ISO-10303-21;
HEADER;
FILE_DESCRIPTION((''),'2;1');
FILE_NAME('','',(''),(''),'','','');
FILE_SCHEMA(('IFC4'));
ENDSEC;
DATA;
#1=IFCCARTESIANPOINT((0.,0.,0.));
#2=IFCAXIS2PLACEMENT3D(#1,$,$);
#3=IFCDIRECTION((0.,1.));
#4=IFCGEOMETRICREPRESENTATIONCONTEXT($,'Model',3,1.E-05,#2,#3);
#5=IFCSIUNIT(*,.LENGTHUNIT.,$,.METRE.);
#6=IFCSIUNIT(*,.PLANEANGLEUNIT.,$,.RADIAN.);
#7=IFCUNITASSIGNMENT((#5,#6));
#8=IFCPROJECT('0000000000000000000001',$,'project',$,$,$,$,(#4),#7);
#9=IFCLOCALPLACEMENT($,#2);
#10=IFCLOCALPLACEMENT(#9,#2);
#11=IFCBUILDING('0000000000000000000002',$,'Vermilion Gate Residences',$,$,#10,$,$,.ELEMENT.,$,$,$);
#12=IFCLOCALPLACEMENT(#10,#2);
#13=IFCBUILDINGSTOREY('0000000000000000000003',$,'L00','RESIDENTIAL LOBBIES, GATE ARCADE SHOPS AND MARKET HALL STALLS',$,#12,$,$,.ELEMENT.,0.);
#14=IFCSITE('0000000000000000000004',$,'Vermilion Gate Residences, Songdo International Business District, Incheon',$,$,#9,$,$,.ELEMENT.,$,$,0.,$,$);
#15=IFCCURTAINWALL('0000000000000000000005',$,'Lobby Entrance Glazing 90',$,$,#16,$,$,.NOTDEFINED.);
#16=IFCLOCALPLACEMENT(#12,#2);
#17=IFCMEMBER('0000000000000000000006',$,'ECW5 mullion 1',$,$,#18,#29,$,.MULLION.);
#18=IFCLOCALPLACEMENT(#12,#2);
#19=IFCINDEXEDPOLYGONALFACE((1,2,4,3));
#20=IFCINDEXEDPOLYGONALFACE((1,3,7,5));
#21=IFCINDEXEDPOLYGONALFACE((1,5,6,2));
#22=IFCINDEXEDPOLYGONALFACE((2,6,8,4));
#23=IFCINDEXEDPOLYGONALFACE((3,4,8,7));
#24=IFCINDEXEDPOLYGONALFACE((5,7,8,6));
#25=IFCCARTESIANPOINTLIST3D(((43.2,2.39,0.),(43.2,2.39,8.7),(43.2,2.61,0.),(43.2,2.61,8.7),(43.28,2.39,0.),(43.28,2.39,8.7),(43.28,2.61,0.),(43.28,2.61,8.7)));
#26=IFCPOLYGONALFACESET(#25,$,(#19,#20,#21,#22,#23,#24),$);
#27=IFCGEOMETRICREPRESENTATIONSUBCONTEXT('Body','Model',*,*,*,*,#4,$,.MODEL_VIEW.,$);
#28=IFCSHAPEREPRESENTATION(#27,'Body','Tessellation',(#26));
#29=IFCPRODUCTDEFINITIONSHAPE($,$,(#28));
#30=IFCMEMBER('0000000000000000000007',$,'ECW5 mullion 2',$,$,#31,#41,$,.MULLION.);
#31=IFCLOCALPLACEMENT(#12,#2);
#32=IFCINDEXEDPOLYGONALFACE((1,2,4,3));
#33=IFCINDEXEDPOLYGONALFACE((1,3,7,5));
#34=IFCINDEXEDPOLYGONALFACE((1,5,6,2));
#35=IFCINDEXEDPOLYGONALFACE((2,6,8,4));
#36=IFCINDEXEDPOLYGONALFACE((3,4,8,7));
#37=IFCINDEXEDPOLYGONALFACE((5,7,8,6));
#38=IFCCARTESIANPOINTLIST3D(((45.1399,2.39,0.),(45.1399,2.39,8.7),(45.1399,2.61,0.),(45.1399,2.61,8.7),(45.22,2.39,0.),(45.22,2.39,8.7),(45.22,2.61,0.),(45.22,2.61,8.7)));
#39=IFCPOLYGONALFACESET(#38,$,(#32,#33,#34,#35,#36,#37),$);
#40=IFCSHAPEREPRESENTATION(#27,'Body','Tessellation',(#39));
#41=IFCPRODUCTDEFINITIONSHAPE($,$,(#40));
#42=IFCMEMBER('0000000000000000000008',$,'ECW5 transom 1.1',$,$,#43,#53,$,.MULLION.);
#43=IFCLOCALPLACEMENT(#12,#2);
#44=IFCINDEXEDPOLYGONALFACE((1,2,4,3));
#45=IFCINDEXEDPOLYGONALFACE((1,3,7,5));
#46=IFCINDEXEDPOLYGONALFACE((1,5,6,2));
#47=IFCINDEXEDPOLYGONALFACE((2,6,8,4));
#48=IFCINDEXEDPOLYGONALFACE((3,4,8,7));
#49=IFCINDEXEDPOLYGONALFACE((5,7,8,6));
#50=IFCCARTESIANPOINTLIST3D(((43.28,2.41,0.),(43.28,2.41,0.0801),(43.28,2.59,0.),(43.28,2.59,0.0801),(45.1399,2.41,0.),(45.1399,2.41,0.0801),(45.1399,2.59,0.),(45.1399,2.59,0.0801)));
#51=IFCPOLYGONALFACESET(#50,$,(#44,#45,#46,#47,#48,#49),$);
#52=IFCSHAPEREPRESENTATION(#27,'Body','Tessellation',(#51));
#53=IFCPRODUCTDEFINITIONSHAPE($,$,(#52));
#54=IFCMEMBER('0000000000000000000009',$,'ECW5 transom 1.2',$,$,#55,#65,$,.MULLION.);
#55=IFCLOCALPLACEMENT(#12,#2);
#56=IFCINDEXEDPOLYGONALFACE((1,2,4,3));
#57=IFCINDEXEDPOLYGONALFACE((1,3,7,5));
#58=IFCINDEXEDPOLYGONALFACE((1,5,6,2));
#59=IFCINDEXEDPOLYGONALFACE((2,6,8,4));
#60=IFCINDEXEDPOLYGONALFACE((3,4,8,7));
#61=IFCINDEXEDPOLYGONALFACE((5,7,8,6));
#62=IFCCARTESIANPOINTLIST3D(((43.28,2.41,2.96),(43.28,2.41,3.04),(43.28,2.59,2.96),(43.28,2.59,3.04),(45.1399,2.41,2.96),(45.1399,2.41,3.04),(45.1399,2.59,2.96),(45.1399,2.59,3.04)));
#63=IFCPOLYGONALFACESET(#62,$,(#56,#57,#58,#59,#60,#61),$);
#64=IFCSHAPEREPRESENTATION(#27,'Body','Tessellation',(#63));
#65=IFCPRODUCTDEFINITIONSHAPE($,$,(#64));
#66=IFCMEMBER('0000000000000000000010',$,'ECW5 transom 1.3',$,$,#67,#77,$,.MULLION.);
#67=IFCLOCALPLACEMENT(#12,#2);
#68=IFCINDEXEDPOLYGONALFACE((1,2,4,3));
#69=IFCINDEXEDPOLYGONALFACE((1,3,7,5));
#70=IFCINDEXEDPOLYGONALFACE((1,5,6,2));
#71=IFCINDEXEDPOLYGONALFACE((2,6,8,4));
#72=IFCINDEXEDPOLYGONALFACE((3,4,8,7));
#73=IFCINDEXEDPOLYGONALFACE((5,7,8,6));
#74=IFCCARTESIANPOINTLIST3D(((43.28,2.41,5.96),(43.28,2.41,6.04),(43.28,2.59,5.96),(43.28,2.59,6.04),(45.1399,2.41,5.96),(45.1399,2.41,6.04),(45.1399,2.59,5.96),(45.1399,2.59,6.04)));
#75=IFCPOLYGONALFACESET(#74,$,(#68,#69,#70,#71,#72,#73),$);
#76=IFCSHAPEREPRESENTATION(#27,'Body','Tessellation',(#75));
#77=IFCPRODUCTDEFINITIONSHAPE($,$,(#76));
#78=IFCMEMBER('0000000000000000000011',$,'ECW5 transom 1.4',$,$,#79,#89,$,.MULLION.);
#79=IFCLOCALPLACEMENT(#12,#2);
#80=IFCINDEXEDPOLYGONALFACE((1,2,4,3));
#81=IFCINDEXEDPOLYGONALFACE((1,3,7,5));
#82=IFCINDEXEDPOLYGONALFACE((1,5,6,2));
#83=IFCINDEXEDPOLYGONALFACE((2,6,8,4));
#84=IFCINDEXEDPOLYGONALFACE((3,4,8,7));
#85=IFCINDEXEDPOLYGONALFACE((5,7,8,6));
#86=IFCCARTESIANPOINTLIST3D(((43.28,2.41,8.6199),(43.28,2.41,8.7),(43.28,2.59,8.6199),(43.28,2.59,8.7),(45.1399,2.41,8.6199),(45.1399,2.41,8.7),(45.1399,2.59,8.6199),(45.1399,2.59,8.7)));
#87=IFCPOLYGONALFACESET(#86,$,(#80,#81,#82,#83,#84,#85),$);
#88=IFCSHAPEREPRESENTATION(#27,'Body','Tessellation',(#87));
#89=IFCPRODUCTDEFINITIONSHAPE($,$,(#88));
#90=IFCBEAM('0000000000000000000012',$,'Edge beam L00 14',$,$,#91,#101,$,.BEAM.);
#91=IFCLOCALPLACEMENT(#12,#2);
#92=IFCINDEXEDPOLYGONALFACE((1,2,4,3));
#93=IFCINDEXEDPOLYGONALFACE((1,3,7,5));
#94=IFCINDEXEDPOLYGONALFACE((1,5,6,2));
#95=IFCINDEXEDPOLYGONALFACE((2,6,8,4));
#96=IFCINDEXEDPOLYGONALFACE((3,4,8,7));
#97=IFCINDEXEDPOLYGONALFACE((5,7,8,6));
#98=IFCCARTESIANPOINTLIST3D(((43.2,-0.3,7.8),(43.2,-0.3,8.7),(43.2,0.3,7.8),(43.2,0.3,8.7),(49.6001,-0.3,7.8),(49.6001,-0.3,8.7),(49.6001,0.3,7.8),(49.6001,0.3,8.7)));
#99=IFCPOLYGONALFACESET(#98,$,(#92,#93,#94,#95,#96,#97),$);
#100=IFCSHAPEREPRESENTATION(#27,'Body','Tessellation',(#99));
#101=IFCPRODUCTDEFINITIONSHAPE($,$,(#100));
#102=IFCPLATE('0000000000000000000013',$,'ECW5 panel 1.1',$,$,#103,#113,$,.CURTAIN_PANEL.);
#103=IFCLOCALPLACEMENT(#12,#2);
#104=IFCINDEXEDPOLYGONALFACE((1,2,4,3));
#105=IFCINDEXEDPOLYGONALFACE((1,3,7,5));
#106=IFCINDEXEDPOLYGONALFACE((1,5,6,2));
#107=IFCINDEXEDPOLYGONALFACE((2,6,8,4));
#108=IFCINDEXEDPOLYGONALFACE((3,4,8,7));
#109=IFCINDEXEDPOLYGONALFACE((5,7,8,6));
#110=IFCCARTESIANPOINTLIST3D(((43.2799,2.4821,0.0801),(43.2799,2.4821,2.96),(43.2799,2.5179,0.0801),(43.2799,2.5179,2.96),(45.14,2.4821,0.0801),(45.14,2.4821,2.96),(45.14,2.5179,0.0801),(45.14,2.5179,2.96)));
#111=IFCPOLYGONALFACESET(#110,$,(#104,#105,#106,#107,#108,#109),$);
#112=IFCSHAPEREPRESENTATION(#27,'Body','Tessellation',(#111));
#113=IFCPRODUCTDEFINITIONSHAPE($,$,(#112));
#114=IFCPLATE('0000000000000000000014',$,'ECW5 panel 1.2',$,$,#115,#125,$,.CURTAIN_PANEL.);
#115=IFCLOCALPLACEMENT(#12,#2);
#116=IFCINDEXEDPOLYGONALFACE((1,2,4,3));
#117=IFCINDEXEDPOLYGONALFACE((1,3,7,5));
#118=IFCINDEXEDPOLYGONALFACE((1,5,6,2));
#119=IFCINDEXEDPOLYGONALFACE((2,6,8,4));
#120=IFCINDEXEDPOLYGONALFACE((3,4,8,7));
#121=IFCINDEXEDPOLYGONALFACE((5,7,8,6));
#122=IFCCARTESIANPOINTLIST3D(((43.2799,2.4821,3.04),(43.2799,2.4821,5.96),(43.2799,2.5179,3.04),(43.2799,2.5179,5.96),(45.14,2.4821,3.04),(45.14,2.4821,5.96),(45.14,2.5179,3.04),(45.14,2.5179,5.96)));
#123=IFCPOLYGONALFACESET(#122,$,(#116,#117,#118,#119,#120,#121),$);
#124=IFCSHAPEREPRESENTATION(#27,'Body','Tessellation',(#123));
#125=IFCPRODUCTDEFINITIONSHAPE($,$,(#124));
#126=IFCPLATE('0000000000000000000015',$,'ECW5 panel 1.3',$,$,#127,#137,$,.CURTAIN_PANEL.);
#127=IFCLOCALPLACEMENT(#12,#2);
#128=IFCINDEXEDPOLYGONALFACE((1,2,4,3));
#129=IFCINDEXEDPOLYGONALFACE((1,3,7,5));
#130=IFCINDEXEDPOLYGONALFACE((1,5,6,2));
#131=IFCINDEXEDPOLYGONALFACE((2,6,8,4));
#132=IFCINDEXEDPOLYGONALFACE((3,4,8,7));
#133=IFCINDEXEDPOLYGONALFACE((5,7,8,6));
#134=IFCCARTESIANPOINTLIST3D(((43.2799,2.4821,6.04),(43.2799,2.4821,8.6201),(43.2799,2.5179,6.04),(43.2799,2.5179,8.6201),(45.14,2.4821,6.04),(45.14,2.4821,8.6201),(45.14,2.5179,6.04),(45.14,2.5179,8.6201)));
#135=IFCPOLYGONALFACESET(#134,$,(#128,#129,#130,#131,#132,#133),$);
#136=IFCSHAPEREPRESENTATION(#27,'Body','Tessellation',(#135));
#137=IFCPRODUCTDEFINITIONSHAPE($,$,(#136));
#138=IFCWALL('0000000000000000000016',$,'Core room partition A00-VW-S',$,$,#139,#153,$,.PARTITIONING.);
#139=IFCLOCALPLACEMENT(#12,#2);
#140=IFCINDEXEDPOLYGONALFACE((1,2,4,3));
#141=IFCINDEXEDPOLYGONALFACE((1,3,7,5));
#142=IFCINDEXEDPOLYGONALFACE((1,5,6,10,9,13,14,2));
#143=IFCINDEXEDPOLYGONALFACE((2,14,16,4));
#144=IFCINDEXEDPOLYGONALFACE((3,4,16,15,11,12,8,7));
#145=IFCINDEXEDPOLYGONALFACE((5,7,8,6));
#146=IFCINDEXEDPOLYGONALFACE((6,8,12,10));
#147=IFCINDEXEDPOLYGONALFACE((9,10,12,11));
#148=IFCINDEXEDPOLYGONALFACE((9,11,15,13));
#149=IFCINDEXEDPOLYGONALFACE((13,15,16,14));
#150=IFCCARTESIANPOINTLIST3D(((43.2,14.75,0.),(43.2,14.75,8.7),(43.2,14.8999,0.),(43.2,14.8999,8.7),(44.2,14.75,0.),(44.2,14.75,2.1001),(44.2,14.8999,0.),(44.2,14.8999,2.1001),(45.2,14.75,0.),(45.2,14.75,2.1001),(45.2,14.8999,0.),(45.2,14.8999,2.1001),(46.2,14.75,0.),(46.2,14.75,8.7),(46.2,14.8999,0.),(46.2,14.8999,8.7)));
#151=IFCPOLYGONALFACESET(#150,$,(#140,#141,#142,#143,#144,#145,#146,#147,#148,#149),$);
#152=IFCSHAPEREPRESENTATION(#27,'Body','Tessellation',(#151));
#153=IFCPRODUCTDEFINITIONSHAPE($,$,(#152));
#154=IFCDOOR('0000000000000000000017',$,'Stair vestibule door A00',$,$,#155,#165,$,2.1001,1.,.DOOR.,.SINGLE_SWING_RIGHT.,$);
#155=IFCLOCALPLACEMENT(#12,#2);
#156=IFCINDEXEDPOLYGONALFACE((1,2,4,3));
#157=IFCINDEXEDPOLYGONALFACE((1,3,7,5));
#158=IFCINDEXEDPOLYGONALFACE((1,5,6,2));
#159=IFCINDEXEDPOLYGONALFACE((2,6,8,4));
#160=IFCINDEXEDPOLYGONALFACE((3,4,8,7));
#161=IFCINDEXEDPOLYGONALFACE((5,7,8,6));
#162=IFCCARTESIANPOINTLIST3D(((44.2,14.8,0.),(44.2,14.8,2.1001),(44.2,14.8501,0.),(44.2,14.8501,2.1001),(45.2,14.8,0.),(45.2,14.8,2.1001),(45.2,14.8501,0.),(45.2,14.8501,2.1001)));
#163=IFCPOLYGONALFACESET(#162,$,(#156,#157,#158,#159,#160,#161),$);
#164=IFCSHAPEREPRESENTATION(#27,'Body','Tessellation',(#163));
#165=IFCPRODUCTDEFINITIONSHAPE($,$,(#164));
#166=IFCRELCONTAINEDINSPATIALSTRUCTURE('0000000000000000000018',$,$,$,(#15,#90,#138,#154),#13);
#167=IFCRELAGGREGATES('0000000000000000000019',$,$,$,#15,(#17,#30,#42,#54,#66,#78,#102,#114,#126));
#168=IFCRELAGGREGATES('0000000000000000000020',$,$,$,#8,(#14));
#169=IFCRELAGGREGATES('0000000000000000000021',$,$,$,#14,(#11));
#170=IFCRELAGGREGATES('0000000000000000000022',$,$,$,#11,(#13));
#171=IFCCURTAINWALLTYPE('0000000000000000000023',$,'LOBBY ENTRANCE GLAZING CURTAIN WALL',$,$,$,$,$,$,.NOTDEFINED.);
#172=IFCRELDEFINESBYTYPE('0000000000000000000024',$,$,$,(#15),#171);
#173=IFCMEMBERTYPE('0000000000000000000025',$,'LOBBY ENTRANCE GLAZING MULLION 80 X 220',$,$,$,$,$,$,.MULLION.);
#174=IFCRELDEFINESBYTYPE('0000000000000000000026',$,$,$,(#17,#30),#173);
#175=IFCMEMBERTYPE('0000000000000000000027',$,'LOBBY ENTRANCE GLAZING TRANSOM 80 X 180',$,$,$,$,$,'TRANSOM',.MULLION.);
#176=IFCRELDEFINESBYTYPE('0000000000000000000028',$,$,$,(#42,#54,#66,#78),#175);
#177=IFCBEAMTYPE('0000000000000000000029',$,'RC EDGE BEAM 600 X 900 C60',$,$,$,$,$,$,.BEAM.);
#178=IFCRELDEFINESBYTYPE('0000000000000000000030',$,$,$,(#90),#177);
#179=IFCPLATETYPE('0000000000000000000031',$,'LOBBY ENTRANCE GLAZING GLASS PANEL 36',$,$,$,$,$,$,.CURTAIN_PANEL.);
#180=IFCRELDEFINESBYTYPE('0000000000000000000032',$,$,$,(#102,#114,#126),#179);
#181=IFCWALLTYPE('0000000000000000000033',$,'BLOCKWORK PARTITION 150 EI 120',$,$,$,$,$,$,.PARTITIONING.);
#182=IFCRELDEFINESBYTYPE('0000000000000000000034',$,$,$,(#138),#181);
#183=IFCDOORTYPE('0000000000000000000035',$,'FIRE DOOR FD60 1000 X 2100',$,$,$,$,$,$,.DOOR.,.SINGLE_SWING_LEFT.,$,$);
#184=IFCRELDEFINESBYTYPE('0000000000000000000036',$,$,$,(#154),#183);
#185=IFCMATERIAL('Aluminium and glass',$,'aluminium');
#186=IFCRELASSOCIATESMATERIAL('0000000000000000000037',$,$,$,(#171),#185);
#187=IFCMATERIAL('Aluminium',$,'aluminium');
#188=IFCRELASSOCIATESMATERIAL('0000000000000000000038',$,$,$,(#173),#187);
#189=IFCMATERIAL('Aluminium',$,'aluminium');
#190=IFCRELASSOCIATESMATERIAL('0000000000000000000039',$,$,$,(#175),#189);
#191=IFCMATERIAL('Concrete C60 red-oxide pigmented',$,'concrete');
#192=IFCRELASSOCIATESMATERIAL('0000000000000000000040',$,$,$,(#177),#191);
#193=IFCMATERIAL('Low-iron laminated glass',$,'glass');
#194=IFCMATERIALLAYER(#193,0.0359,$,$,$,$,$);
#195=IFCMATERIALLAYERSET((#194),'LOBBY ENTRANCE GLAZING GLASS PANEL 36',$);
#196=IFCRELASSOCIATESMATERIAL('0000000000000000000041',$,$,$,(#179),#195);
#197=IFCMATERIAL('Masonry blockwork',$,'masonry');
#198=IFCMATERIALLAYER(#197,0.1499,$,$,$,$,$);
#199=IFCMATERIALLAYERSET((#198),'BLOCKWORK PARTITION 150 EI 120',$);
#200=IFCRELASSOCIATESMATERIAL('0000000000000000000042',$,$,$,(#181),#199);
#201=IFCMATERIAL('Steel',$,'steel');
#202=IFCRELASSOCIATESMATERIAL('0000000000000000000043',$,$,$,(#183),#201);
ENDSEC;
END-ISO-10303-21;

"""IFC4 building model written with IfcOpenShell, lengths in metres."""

from ifc_helpers import new_model, si_unit, direction, frame, frame_2d, origin, origin_2d, place, context, subcontext, project, spatial, rectangle, extrude, material, layer, layer_set, material_profile, profile_set, type_object, element, fill, aggregate, save


model = new_model("IFC4")

# Units and contexts
model_context = context("Model", 3, precision=1e-05, world=origin(), true_north=direction((0.0, 1.0)))
body_context = subcontext(model_context, "Body", "Model", "MODEL_VIEW")
ifc_project = project(units=[si_unit("LENGTHUNIT", "METRE"), si_unit("PLANEANGLEUNIT", "RADIAN")], contexts=[model_context])

# Site, building, storey
site_placement = place(None, origin())
site = spatial("IfcSite", under=ifc_project, at=site_placement, Name="Vermilion Gate Residences, Songdo International Business District, Incheon", CompositionType="ELEMENT", RefElevation=0.0)
building_placement = place(site_placement, origin())
building = spatial("IfcBuilding", under=site, at=building_placement, Name="Vermilion Gate Residences", CompositionType="ELEMENT")
storey_placement = place(building_placement, origin())
storey = spatial("IfcBuildingStorey", under=building, at=storey_placement, Name="L00", Description="RESIDENTIAL LOBBIES, GATE ARCADE SHOPS AND MARKET HALL STALLS", CompositionType="ELEMENT", Elevation=0.0)

# Curtain wall, members
ifc_material_1 = material(Name="Aluminium and glass", Category="aluminium")
curtain_wall_type = type_object("IfcCurtainWallType", Name="LOBBY ENTRANCE GLAZING CURTAIN WALL", PredefinedType="NOTDEFINED", material=ifc_material_1)
curtain_wall_placement = place(storey_placement, origin())
curtain_wall = element("IfcCurtainWall", 1, at=curtain_wall_placement, inside=storey, type_object=curtain_wall_type, Name="Lobby Entrance Glazing 90", PredefinedType="NOTDEFINED")
ifc_material_2 = material(Name="Aluminium", Category="aluminium")
ifc_material_profile_1 = material_profile(ifc_material_2, rectangle(XDim=0.22, YDim=0.0801, at=origin_2d()), Name="MULLION 80 X 220")
ifc_profile_set_1 = profile_set([ifc_material_profile_1], Name="Aluminium")
member_type_1 = type_object("IfcMemberType", Name="LOBBY ENTRANCE GLAZING MULLION 80 X 220", PredefinedType="MULLION", material=ifc_profile_set_1)
member_1_placement = place(storey_placement, frame((43.24, 2.5, 0.0), z_axis=(0.0, 0.0, 1.0), x_axis=(0.0, 1.0, 0.0)))
member_1 = element("IfcMember", 2, at=member_1_placement, type_object=member_type_1, Name="ECW5 mullion 1", PredefinedType="MULLION", context=body_context, shape_type="SweptSolid", body=[
    extrude(rectangle(XDim=0.22, YDim=0.0801, at=origin_2d()), origin(), (0.0, 0.0, 1.0), 8.7),
])
member_2_placement = place(storey_placement, frame((45.1799, 2.5, 0.0), z_axis=(0.0, 0.0, 1.0), x_axis=(0.0, 1.0, 0.0)))
member_2 = element("IfcMember", 3, at=member_2_placement, type_object=member_type_1, Name="ECW5 mullion 2", PredefinedType="MULLION", context=body_context, shape_type="SweptSolid", body=[
    extrude(rectangle(XDim=0.22, YDim=0.0801, at=origin_2d()), origin(), (0.0, 0.0, 1.0), 8.7),
])
ifc_material_3 = material(Name="Aluminium", Category="aluminium")
ifc_material_profile_2 = material_profile(ifc_material_3, rectangle(XDim=0.1799, YDim=0.0801, at=origin_2d()), Name="TRANSOM 80 X 180")
ifc_profile_set_2 = profile_set([ifc_material_profile_2], Name="Aluminium")
member_type_2 = type_object("IfcMemberType", Name="LOBBY ENTRANCE GLAZING TRANSOM 80 X 180", ElementType="TRANSOM", PredefinedType="MULLION", material=ifc_profile_set_2)
member_3_placement = place(storey_placement, frame((43.28, 2.5, 0.04), z_axis=(1.0, 0.0, 0.0), x_axis=(0.0, 1.0, 0.0)))
member_3 = element("IfcMember", 4, at=member_3_placement, type_object=member_type_2, Name="ECW5 transom 1.1", PredefinedType="MULLION", context=body_context, shape_type="SweptSolid", body=[
    extrude(rectangle(XDim=0.1799, YDim=0.0801, at=origin_2d()), origin(), (0.0, 0.0, 1.0), 1.8599),
])
member_4_placement = place(storey_placement, frame((43.28, 2.5, 3.0), z_axis=(1.0, 0.0, 0.0), x_axis=(0.0, 1.0, 0.0)))
member_4 = element("IfcMember", 5, at=member_4_placement, type_object=member_type_2, Name="ECW5 transom 1.2", PredefinedType="MULLION", context=body_context, shape_type="SweptSolid", body=[
    extrude(rectangle(XDim=0.1799, YDim=0.0801, at=origin_2d()), origin(), (0.0, 0.0, 1.0), 1.8599),
])
member_5_placement = place(storey_placement, frame((43.28, 2.5, 6.0), z_axis=(1.0, 0.0, 0.0), x_axis=(0.0, 1.0, 0.0)))
member_5 = element("IfcMember", 6, at=member_5_placement, type_object=member_type_2, Name="ECW5 transom 1.3", PredefinedType="MULLION", context=body_context, shape_type="SweptSolid", body=[
    extrude(rectangle(XDim=0.1799, YDim=0.0801, at=origin_2d()), origin(), (0.0, 0.0, 1.0), 1.8599),
])
member_6_placement = place(storey_placement, frame((43.28, 2.5, 8.6599), z_axis=(1.0, 0.0, 0.0), x_axis=(0.0, 1.0, 0.0)))
member_6 = element("IfcMember", 7, at=member_6_placement, type_object=member_type_2, Name="ECW5 transom 1.4", PredefinedType="MULLION", context=body_context, shape_type="SweptSolid", body=[
    extrude(rectangle(XDim=0.1799, YDim=0.0801, at=origin_2d()), origin(), (0.0, 0.0, 1.0), 1.8599),
])

# Beam
ifc_material_4 = material(Name="Concrete C60 red-oxide pigmented", Category="concrete")
ifc_material_profile_3 = material_profile(ifc_material_4, rectangle(XDim=0.6001, YDim=0.8999, at=origin_2d()), Name="RC-600x900")
ifc_profile_set_3 = profile_set([ifc_material_profile_3], Name="Concrete C60 red-oxide pigmented")
beam_type = type_object("IfcBeamType", Name="RC EDGE BEAM 600 X 900 C60", PredefinedType="BEAM", material=ifc_profile_set_3)
beam_placement = place(storey_placement, frame((43.2, 0.0, 8.25), z_axis=(1.0, 0.0, 0.0), x_axis=(0.0, 1.0, 0.0)))
element("IfcBeam", 8, at=beam_placement, inside=storey, type_object=beam_type, Name="Edge beam L00 14", PredefinedType="BEAM", context=body_context, shape_type="SweptSolid", body=[
    extrude(rectangle(XDim=0.6001, YDim=0.8999, at=origin_2d()), origin(), (0.0, 0.0, 1.0), 6.4001),
])

# Plates
ifc_material_5 = material(Name="Low-iron laminated glass", Category="glass")
ifc_layer_1 = layer(ifc_material_5, 0.0359)
ifc_layer_set_1 = layer_set([ifc_layer_1], Name="LOBBY ENTRANCE GLAZING GLASS PANEL 36")
plate_type = type_object("IfcPlateType", Name="LOBBY ENTRANCE GLAZING GLASS PANEL 36", PredefinedType="CURTAIN_PANEL", material=ifc_layer_set_1)
plate_1_placement = place(storey_placement, frame((44.21, 2.5, 0.0801), z_axis=(0.0, 0.0, 1.0), x_axis=(1.0, 0.0, 0.0)))
plate_1 = element("IfcPlate", 9, at=plate_1_placement, type_object=plate_type, Name="ECW5 panel 1.1", PredefinedType="CURTAIN_PANEL", context=body_context, shape_type="SweptSolid", body=[
    extrude(rectangle(XDim=1.8601, YDim=0.0359, at=origin_2d()), origin(), (0.0, 0.0, 1.0), 2.8799),
])
plate_2_placement = place(storey_placement, frame((44.21, 2.5, 3.04), z_axis=(0.0, 0.0, 1.0), x_axis=(1.0, 0.0, 0.0)))
plate_2 = element("IfcPlate", 10, at=plate_2_placement, type_object=plate_type, Name="ECW5 panel 1.2", PredefinedType="CURTAIN_PANEL", context=body_context, shape_type="SweptSolid", body=[
    extrude(rectangle(XDim=1.8601, YDim=0.0359, at=origin_2d()), origin(), (0.0, 0.0, 1.0), 2.9199),
])
plate_3_placement = place(storey_placement, frame((44.21, 2.5, 6.04), z_axis=(0.0, 0.0, 1.0), x_axis=(1.0, 0.0, 0.0)))
plate_3 = element("IfcPlate", 11, at=plate_3_placement, type_object=plate_type, Name="ECW5 panel 1.3", PredefinedType="CURTAIN_PANEL", context=body_context, shape_type="SweptSolid", body=[
    extrude(rectangle(XDim=1.8601, YDim=0.0359, at=origin_2d()), origin(), (0.0, 0.0, 1.0), 2.5801),
])
aggregate(curtain_wall, [member_1, member_2, member_3, member_4, member_5, member_6, plate_1, plate_2, plate_3])

# Wall, opening, door
ifc_material_6 = material(Name="Masonry blockwork", Category="masonry")
ifc_layer_2 = layer(ifc_material_6, 0.1499)
ifc_layer_set_2 = layer_set([ifc_layer_2], Name="BLOCKWORK PARTITION 150 EI 120")
wall_type = type_object("IfcWallType", Name="BLOCKWORK PARTITION 150 EI 120", PredefinedType="PARTITIONING", material=ifc_layer_set_2)
wall_placement = place(storey_placement, frame((43.2, 14.825, 0.0), z_axis=(0.0, 0.0, 1.0), x_axis=(1.0, 0.0, 0.0)))
wall = element("IfcWall", 12, at=wall_placement, inside=storey, type_object=wall_type, Name="Core room partition A00-VW-S", PredefinedType="PARTITIONING", context=body_context, shape_type="SweptSolid", body=[
    extrude(rectangle(XDim=3.0, YDim=0.1499, at=frame_2d((1.5, 0.0))), origin(), (0.0, 0.0, 1.0), 8.7),
])
opening_placement = place(wall_placement, frame((1.0, 0.0, 0.0)))
opening = element("IfcOpeningElement", 13, at=opening_placement, cuts=wall, PredefinedType="OPENING", context=body_context, shape_type="SweptSolid", body=[
    extrude(rectangle(XDim=1.0, YDim=2.1001, at=frame_2d((0.5, 1.05))), frame((0.0, 0.085, 0.0), z_axis=(0.0, -1.0, 0.0), x_axis=(1.0, 0.0, 0.0)), (0.0, 0.0, 1.0), 0.1699),
])
ifc_material_7 = material(Name="Steel", Category="steel")
door_type = type_object("IfcDoorType", Name="FIRE DOOR FD60 1000 X 2100", OperationType="SINGLE_SWING_LEFT", PredefinedType="DOOR", material=ifc_material_7)
door_placement = place(opening_placement, frame((1.0, 0.0, 0.0), z_axis=(0.0, 0.0, 1.0), x_axis=(-1.0, 0.0, 0.0)))
door = element("IfcDoor", 14, at=door_placement, inside=storey, type_object=door_type, Name="Stair vestibule door A00", OperationType="SINGLE_SWING_RIGHT", OverallHeight=2.1001, OverallWidth=1.0, PredefinedType="DOOR", context=body_context, shape_type="SweptSolid", body=[
    extrude(rectangle(XDim=1.0, YDim=2.1001, at=frame_2d((0.5, 1.05))), frame((0.0, 0.0249, 0.0), z_axis=(0.0, -1.0, 0.0), x_axis=(1.0, 0.0, 0.0)), (0.0, 0.0, 1.0), 0.05),
])
fill(opening, door)

save(model, "model.ifc")
